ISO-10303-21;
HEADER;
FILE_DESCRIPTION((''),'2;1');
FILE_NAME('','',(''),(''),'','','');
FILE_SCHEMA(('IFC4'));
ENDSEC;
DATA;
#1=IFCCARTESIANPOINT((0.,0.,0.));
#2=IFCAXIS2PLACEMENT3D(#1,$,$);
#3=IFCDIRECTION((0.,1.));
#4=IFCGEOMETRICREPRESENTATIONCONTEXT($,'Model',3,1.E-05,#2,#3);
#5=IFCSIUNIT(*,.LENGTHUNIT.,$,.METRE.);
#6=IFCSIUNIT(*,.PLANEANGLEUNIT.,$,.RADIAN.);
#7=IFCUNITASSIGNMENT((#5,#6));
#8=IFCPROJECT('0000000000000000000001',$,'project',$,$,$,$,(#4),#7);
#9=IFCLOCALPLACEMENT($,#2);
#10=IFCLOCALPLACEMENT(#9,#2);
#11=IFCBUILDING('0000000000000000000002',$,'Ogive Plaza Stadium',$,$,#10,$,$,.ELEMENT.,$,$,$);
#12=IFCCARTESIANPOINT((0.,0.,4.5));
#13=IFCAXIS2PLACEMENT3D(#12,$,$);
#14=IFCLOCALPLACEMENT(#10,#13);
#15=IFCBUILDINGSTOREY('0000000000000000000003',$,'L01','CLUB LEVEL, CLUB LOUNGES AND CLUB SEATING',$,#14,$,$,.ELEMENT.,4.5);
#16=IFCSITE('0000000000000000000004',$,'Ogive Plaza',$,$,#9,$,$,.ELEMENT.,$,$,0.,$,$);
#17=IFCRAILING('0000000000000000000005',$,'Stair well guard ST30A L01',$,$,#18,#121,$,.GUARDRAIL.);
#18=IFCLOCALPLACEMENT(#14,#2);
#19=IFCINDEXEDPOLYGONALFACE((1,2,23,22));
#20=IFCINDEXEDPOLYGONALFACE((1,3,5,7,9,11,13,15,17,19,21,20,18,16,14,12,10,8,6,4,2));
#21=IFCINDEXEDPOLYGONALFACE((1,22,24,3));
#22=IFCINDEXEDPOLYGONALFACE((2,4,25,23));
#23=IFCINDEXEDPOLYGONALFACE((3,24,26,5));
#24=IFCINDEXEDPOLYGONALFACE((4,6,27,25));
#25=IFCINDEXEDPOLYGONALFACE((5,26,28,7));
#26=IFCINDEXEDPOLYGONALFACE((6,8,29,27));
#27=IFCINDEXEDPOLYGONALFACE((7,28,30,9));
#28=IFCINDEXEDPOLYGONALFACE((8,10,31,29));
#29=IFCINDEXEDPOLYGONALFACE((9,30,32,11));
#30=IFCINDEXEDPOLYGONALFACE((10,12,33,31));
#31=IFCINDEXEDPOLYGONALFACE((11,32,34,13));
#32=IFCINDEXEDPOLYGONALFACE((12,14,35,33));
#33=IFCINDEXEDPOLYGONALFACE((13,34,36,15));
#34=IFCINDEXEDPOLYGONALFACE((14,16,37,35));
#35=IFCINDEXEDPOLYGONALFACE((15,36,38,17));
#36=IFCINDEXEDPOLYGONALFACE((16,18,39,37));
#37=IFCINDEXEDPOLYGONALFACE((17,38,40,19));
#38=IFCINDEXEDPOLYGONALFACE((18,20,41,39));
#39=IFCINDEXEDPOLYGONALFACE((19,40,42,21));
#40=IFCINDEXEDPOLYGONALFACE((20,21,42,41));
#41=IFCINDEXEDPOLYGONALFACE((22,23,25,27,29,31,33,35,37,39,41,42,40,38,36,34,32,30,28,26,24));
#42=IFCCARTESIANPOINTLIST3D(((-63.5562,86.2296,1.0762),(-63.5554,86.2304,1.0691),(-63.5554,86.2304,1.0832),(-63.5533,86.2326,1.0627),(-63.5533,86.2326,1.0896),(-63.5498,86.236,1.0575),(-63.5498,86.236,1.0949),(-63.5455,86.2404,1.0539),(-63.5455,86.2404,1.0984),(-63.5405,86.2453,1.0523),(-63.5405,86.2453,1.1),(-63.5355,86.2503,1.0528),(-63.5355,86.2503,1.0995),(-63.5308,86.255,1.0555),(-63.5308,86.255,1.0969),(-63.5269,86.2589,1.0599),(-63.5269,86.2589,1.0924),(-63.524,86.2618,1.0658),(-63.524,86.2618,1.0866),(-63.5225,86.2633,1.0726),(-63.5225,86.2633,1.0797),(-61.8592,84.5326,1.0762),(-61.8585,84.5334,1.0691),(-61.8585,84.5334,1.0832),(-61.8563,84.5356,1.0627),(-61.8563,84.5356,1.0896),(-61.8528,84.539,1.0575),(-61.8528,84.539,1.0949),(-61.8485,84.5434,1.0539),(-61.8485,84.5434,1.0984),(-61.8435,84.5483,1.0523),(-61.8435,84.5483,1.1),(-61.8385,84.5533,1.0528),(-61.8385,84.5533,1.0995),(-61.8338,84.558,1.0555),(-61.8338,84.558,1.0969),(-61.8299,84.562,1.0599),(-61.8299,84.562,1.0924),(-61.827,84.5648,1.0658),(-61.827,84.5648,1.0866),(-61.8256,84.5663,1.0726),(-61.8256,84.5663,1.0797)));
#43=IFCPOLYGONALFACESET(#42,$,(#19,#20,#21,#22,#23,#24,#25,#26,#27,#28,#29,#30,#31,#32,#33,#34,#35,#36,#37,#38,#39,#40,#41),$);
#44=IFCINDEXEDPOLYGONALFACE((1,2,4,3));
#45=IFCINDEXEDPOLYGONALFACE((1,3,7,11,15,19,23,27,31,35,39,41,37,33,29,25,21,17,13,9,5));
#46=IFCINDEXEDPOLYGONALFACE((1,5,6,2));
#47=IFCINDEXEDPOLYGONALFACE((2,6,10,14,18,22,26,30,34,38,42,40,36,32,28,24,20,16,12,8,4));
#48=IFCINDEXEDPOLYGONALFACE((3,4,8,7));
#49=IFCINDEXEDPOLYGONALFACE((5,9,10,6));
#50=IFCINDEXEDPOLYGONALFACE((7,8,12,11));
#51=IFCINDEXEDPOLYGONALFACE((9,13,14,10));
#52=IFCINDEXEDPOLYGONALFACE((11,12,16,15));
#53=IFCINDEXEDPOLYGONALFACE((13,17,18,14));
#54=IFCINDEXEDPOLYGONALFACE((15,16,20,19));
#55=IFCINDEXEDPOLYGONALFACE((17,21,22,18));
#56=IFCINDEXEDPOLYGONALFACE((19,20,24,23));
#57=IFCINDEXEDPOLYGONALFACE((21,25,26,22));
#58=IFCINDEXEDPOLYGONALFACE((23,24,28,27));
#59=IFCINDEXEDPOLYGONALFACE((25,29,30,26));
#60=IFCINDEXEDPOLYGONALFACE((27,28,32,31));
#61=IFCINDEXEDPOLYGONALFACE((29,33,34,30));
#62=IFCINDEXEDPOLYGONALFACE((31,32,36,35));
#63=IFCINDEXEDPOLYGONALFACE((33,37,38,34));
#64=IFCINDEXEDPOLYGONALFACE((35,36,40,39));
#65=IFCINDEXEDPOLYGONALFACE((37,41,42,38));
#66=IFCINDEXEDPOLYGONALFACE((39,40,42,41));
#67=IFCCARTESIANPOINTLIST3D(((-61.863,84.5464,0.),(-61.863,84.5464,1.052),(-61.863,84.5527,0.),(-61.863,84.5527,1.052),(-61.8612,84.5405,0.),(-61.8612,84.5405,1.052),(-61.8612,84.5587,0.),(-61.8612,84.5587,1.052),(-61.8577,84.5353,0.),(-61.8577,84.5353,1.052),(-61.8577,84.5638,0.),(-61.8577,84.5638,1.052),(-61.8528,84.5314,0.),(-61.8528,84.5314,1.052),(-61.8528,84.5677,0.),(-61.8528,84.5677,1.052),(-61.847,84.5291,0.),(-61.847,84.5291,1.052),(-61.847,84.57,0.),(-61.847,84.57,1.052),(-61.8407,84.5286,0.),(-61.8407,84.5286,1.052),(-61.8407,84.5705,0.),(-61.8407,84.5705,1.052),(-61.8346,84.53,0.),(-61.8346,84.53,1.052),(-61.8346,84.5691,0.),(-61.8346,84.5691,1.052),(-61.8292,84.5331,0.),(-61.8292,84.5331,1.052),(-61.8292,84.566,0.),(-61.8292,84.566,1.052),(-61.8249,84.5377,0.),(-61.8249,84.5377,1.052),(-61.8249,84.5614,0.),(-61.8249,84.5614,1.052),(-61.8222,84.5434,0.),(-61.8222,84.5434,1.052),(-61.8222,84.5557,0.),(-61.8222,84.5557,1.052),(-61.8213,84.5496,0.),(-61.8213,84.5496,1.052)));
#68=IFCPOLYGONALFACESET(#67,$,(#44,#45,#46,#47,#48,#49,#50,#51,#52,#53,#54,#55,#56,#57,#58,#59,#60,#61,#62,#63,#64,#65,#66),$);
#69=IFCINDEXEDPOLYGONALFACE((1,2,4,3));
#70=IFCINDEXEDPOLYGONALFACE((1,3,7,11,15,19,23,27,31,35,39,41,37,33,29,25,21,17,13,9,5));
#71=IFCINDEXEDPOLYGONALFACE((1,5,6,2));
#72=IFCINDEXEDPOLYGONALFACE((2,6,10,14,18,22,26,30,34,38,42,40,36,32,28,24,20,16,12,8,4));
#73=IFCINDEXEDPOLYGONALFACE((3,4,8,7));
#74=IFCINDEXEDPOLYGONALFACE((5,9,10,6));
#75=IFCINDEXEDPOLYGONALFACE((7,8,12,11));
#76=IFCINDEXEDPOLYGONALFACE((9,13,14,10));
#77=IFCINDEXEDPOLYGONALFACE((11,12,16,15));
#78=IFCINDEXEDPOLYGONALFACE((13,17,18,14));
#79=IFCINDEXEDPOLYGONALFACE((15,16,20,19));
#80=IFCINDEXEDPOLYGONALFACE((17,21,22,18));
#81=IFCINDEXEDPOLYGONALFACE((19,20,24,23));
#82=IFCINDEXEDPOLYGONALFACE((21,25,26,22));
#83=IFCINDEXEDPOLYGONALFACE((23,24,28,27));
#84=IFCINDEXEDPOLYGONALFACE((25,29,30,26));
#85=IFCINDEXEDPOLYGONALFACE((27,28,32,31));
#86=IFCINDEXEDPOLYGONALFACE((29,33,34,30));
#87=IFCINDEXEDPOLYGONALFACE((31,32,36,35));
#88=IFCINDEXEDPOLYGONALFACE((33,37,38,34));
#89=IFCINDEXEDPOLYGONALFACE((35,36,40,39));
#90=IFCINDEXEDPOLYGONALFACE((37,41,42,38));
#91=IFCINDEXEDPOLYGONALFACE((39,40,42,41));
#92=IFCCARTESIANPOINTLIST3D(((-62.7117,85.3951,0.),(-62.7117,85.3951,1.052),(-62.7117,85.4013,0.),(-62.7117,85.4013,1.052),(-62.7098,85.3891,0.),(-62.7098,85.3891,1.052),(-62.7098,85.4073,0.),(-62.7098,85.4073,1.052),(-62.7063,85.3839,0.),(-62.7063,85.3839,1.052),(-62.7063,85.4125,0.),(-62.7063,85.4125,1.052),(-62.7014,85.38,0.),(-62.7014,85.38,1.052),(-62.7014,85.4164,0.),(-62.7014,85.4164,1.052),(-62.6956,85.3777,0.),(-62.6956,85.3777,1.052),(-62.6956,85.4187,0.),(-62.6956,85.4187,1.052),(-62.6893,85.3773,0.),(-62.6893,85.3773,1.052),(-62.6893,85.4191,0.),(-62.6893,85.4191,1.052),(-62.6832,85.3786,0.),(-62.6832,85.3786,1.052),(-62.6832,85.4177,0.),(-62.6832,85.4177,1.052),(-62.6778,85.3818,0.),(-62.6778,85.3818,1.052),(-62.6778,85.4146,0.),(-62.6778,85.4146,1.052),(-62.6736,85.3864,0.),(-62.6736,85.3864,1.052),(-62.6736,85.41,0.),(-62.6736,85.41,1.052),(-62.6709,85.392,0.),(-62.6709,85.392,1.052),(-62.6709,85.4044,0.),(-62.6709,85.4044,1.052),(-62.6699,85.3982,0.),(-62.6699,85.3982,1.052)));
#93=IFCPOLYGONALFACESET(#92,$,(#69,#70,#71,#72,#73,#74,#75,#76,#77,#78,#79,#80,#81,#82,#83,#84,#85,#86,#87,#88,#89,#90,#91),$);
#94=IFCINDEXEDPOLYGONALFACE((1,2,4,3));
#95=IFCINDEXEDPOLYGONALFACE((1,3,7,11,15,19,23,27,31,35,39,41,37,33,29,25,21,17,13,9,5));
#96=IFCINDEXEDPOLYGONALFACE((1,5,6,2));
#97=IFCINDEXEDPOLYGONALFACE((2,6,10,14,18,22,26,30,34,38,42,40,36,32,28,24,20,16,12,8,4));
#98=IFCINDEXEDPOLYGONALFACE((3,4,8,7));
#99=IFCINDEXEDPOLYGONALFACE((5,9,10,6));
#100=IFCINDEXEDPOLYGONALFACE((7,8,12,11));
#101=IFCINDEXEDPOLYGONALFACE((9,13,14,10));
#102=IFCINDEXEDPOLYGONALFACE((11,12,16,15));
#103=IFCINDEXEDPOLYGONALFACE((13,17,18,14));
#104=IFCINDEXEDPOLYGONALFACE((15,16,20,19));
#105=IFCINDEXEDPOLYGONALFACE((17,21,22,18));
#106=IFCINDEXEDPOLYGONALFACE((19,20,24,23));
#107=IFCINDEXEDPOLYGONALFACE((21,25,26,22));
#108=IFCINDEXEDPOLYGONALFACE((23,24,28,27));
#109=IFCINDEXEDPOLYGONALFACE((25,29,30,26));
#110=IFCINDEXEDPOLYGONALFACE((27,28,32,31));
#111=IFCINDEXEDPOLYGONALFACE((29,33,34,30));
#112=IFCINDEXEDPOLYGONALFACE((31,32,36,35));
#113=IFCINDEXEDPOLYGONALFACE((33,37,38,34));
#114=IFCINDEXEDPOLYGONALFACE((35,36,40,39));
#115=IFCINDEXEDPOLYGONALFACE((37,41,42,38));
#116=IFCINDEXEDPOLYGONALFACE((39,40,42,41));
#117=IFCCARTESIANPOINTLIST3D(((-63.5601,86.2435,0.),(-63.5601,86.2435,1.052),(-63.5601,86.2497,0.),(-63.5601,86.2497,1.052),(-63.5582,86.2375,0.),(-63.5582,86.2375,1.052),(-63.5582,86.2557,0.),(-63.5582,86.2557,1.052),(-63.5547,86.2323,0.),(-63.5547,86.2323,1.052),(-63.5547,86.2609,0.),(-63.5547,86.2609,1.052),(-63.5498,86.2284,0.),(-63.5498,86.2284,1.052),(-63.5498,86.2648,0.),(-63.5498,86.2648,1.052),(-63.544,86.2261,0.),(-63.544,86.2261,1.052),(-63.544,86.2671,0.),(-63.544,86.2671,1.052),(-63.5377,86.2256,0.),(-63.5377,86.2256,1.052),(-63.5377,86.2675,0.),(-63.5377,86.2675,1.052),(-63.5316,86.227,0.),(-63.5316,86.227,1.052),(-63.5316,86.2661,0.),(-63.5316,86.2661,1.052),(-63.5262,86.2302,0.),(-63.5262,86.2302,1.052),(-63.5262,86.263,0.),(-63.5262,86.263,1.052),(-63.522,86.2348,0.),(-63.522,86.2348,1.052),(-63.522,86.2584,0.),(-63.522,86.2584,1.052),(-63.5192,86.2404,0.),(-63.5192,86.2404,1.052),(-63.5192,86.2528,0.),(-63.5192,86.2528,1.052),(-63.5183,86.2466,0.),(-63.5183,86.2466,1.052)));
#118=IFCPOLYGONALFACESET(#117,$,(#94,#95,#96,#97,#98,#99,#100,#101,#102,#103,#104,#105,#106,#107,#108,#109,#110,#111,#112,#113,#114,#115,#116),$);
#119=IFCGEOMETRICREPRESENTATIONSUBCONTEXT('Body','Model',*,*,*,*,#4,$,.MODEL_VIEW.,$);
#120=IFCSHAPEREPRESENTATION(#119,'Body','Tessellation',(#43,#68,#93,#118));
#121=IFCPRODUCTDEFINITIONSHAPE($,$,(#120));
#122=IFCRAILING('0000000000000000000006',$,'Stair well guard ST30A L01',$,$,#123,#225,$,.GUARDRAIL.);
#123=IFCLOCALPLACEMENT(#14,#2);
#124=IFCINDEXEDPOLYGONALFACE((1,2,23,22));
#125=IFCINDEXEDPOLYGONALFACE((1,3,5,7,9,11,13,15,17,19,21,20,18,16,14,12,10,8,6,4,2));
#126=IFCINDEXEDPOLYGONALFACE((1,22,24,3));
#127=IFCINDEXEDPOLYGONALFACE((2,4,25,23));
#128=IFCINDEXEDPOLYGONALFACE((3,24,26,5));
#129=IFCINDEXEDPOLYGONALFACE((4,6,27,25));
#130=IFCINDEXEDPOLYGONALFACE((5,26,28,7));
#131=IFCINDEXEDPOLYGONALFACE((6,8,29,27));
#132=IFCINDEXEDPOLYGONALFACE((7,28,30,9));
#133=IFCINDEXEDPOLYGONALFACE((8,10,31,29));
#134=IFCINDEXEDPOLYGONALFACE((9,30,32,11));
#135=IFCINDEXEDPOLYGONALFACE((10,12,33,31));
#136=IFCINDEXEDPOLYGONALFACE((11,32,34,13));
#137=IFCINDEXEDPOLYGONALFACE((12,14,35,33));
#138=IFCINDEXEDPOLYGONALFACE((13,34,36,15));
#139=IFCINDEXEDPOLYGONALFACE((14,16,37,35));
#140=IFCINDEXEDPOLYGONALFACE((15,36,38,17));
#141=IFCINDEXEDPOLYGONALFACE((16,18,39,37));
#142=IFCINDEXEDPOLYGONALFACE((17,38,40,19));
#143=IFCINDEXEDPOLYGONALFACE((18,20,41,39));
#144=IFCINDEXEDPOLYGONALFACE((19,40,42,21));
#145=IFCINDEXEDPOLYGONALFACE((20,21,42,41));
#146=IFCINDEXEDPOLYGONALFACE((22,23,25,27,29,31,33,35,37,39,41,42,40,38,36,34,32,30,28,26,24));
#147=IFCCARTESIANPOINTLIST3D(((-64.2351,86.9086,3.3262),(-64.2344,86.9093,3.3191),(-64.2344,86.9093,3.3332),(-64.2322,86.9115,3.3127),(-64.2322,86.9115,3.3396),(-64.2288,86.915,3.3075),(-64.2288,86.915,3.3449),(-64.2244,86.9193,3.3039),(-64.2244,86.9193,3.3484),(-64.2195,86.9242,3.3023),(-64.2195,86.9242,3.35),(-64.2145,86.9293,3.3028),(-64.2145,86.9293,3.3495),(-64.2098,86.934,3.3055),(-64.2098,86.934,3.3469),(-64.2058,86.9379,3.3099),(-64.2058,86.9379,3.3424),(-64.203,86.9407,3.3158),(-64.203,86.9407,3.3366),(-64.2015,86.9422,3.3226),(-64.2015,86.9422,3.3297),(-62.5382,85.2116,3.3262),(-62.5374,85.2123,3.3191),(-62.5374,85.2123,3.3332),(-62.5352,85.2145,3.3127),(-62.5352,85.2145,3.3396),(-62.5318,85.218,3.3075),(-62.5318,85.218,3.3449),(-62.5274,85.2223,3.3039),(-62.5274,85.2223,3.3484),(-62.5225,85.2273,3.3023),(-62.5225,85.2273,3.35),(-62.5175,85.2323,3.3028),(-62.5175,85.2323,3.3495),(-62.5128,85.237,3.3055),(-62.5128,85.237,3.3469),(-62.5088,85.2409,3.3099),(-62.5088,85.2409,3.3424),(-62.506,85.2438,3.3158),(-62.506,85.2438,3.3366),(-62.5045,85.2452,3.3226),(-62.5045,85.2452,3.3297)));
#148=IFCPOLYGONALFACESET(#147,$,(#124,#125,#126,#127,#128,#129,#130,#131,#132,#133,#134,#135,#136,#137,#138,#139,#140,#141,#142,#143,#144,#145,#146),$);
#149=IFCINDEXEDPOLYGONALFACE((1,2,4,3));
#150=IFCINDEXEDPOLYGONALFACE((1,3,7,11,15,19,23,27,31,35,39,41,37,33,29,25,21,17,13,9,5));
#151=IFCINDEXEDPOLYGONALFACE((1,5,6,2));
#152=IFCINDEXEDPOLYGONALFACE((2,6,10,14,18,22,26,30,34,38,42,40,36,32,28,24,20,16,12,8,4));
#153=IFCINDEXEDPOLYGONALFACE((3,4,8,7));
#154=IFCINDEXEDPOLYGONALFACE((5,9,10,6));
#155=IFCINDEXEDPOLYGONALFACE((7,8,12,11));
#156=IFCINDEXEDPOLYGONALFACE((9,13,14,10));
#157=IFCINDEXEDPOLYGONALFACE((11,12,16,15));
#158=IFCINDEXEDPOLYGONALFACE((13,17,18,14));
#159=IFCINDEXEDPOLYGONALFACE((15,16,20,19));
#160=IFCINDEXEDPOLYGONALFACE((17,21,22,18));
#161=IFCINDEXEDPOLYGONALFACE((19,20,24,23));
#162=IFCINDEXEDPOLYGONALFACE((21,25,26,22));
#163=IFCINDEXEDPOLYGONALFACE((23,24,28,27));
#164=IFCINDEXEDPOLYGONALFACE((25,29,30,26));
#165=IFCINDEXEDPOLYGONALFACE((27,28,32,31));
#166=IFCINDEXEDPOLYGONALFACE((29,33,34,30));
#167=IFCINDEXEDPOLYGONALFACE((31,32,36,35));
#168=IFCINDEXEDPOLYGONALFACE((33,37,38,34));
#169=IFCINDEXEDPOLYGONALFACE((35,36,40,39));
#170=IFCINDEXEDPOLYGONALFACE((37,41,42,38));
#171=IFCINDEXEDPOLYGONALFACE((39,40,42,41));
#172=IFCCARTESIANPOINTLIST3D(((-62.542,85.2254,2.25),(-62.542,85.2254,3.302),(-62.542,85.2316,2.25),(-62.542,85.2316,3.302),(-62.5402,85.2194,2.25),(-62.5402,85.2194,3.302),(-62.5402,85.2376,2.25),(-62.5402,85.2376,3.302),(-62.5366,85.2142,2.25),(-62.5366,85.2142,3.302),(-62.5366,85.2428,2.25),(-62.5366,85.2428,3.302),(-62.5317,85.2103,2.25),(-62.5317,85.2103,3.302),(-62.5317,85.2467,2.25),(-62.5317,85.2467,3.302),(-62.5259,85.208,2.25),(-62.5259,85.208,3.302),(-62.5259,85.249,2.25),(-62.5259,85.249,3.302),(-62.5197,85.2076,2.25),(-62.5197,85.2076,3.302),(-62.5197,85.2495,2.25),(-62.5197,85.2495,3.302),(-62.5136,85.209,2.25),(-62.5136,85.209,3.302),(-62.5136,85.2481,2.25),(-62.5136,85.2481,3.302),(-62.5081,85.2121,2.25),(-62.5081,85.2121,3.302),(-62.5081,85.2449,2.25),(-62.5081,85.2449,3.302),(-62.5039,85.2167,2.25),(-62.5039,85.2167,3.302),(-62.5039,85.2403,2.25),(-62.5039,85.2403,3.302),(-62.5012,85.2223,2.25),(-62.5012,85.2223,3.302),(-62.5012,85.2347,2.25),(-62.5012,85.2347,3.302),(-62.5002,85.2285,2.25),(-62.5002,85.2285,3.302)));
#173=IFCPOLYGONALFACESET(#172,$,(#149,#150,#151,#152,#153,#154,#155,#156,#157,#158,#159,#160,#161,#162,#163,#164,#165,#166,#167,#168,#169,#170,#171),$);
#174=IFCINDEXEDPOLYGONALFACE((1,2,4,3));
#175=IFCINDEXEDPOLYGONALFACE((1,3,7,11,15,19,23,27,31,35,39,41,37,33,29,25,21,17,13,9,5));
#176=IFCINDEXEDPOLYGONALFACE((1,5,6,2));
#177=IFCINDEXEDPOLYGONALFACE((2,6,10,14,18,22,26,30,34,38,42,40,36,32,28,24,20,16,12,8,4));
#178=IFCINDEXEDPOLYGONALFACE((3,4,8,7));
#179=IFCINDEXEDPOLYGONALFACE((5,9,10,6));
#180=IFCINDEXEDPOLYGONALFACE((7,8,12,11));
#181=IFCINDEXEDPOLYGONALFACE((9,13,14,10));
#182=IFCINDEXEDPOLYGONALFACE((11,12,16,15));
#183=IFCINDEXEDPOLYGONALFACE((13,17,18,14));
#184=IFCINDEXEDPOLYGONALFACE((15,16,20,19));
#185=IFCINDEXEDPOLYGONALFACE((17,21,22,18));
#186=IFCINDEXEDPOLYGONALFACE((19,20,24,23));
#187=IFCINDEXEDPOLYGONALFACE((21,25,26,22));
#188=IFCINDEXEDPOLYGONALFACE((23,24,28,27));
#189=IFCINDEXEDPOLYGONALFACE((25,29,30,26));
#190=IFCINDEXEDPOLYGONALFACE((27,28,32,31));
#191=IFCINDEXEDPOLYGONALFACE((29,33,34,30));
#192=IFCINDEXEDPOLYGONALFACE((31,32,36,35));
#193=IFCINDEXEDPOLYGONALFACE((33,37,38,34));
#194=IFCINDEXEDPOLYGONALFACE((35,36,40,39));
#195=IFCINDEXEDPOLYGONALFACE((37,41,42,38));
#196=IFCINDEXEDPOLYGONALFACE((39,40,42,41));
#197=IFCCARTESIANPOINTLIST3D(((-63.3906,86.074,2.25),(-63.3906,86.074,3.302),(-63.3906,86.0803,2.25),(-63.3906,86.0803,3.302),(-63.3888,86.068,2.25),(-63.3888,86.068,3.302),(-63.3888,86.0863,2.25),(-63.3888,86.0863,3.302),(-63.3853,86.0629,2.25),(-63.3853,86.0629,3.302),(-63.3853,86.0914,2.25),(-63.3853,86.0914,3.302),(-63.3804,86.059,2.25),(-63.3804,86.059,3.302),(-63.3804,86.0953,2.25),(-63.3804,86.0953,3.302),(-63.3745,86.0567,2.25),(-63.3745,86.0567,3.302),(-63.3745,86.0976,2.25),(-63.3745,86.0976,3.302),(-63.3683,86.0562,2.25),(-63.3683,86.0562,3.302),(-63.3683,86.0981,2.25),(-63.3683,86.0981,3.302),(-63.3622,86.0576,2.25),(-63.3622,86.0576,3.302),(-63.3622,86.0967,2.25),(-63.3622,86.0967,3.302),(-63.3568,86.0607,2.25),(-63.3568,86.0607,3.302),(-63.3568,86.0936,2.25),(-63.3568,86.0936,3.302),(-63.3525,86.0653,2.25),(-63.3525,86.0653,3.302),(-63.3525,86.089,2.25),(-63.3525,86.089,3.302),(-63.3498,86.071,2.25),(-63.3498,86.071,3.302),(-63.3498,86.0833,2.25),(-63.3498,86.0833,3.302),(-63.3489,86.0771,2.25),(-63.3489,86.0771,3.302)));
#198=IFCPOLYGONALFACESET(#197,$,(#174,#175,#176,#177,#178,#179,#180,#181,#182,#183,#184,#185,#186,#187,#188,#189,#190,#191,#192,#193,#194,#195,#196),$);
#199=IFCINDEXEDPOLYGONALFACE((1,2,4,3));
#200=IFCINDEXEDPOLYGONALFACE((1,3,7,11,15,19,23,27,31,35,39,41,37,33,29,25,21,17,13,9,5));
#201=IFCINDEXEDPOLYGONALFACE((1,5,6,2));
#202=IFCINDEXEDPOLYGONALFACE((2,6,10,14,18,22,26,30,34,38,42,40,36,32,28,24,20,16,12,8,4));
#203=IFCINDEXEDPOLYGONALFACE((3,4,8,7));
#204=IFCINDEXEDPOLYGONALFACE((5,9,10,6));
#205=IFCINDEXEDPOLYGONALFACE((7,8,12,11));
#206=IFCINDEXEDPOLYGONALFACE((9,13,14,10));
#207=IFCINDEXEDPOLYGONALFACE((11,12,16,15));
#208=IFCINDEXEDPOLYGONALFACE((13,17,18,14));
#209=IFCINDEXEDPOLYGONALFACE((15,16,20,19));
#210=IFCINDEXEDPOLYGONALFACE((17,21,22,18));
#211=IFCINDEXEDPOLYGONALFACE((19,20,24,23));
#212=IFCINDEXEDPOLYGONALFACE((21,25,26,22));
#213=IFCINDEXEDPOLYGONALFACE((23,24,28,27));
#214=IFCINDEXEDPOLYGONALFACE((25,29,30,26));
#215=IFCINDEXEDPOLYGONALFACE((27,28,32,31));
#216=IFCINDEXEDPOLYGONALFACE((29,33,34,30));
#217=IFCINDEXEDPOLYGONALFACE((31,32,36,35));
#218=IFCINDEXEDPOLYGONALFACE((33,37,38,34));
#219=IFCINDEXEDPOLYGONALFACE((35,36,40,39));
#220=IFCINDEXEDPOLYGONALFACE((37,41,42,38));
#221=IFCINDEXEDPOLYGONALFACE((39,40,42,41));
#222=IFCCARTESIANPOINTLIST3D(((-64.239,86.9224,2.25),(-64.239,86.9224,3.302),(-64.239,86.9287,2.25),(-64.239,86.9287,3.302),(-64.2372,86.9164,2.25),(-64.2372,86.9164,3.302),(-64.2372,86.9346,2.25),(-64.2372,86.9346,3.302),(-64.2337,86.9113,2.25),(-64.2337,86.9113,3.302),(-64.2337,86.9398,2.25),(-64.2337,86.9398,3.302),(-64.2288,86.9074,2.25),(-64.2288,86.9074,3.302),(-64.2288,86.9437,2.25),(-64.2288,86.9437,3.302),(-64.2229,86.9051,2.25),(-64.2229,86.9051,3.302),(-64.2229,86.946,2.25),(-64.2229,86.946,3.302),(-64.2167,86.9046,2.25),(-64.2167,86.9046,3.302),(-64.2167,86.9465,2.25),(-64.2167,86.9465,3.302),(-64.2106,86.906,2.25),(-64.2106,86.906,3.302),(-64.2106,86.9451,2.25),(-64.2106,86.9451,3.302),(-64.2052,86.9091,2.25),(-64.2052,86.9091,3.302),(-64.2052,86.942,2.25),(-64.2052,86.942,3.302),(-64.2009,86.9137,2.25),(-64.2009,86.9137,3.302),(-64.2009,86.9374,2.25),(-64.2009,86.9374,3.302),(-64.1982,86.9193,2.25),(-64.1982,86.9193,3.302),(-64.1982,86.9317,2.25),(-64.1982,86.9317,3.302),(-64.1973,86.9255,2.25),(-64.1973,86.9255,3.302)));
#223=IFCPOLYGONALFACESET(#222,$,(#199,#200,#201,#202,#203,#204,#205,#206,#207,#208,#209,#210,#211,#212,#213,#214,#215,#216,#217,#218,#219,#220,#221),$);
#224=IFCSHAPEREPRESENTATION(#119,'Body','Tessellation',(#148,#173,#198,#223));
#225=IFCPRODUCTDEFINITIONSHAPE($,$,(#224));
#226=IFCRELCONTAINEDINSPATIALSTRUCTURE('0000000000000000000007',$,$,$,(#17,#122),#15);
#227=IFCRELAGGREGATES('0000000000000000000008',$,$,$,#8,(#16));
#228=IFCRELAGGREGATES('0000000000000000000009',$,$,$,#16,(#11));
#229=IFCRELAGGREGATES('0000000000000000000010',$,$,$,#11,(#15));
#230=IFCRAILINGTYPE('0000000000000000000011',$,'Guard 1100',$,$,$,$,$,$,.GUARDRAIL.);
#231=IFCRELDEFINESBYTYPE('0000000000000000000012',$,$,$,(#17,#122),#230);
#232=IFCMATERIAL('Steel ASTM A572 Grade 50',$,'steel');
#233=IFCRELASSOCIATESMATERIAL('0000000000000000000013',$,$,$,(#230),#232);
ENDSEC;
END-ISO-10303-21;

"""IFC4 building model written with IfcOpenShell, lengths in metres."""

from ifc_helpers import new_model, si_unit, direction, frame, origin, origin_2d, place, context, subcontext, project, spatial, circle, extrude, material, type_object, element, save


model = new_model("IFC4")

# Units and contexts
model_context = context("Model", 3, precision=1e-05, world=origin(), true_north=direction((0.0, 1.0)))
body_context = subcontext(model_context, "Body", "Model", "MODEL_VIEW")
ifc_project = project(units=[si_unit("LENGTHUNIT", "METRE"), si_unit("PLANEANGLEUNIT", "RADIAN")], contexts=[model_context])

# Site, building, storey
site_placement = place(None, origin())
site = spatial("IfcSite", under=ifc_project, at=site_placement, Name="Ogive Plaza", CompositionType="ELEMENT", RefElevation=0.0)
building_placement = place(site_placement, origin())
building = spatial("IfcBuilding", under=site, at=building_placement, Name="Ogive Plaza Stadium", CompositionType="ELEMENT")
storey_placement = place(building_placement, frame((0.0, 0.0, 4.5)))
storey = spatial("IfcBuildingStorey", under=building, at=storey_placement, Name="L01", Description="CLUB LEVEL, CLUB LOUNGES AND CLUB SEATING", CompositionType="ELEMENT", Elevation=4.5)

# Railings
ifc_material_1 = material(Name="Steel ASTM A572 Grade 50", Category="steel")
railing_type_1 = type_object("IfcRailingType", Name="Guard 1100", PredefinedType="GUARDRAIL", material=ifc_material_1)
for number, where, name in (
    (1, (-61.8423, 84.5496, 0.0), "Stair well guard ST30A L01"),
    (2, (-62.5212, 85.2285, 2.25), "Stair well guard ST30A L01"),
):
    element("IfcRailing", number, at=place(storey_placement, frame(where)), inside=storey, type_object=railing_type_1, Name=name, PredefinedType="GUARDRAIL", context=body_context, shape_type="SweptSolid", body=[
        extrude(circle(Radius=0.0239, at=origin_2d()), frame((0.0, 0.0, 1.0762), z_axis=(-0.707107, 0.707107, 0.0), x_axis=(-0.707107, -0.707107, 0.0)), (0.0, 0.0, 1.0), 2.3999),
        extrude(circle(Radius=0.021, at=origin_2d()), origin(), (0.0, 0.0, 1.0), 1.052),
        extrude(circle(Radius=0.021, at=origin_2d()), frame((-0.8486, 0.8486, 0.0)), (0.0, 0.0, 1.0), 1.052),
        extrude(circle(Radius=0.021, at=origin_2d()), frame((-1.697, 1.697, 0.0)), (0.0, 0.0, 1.0), 1.052),
    ])

save(model, "model.ifc")
